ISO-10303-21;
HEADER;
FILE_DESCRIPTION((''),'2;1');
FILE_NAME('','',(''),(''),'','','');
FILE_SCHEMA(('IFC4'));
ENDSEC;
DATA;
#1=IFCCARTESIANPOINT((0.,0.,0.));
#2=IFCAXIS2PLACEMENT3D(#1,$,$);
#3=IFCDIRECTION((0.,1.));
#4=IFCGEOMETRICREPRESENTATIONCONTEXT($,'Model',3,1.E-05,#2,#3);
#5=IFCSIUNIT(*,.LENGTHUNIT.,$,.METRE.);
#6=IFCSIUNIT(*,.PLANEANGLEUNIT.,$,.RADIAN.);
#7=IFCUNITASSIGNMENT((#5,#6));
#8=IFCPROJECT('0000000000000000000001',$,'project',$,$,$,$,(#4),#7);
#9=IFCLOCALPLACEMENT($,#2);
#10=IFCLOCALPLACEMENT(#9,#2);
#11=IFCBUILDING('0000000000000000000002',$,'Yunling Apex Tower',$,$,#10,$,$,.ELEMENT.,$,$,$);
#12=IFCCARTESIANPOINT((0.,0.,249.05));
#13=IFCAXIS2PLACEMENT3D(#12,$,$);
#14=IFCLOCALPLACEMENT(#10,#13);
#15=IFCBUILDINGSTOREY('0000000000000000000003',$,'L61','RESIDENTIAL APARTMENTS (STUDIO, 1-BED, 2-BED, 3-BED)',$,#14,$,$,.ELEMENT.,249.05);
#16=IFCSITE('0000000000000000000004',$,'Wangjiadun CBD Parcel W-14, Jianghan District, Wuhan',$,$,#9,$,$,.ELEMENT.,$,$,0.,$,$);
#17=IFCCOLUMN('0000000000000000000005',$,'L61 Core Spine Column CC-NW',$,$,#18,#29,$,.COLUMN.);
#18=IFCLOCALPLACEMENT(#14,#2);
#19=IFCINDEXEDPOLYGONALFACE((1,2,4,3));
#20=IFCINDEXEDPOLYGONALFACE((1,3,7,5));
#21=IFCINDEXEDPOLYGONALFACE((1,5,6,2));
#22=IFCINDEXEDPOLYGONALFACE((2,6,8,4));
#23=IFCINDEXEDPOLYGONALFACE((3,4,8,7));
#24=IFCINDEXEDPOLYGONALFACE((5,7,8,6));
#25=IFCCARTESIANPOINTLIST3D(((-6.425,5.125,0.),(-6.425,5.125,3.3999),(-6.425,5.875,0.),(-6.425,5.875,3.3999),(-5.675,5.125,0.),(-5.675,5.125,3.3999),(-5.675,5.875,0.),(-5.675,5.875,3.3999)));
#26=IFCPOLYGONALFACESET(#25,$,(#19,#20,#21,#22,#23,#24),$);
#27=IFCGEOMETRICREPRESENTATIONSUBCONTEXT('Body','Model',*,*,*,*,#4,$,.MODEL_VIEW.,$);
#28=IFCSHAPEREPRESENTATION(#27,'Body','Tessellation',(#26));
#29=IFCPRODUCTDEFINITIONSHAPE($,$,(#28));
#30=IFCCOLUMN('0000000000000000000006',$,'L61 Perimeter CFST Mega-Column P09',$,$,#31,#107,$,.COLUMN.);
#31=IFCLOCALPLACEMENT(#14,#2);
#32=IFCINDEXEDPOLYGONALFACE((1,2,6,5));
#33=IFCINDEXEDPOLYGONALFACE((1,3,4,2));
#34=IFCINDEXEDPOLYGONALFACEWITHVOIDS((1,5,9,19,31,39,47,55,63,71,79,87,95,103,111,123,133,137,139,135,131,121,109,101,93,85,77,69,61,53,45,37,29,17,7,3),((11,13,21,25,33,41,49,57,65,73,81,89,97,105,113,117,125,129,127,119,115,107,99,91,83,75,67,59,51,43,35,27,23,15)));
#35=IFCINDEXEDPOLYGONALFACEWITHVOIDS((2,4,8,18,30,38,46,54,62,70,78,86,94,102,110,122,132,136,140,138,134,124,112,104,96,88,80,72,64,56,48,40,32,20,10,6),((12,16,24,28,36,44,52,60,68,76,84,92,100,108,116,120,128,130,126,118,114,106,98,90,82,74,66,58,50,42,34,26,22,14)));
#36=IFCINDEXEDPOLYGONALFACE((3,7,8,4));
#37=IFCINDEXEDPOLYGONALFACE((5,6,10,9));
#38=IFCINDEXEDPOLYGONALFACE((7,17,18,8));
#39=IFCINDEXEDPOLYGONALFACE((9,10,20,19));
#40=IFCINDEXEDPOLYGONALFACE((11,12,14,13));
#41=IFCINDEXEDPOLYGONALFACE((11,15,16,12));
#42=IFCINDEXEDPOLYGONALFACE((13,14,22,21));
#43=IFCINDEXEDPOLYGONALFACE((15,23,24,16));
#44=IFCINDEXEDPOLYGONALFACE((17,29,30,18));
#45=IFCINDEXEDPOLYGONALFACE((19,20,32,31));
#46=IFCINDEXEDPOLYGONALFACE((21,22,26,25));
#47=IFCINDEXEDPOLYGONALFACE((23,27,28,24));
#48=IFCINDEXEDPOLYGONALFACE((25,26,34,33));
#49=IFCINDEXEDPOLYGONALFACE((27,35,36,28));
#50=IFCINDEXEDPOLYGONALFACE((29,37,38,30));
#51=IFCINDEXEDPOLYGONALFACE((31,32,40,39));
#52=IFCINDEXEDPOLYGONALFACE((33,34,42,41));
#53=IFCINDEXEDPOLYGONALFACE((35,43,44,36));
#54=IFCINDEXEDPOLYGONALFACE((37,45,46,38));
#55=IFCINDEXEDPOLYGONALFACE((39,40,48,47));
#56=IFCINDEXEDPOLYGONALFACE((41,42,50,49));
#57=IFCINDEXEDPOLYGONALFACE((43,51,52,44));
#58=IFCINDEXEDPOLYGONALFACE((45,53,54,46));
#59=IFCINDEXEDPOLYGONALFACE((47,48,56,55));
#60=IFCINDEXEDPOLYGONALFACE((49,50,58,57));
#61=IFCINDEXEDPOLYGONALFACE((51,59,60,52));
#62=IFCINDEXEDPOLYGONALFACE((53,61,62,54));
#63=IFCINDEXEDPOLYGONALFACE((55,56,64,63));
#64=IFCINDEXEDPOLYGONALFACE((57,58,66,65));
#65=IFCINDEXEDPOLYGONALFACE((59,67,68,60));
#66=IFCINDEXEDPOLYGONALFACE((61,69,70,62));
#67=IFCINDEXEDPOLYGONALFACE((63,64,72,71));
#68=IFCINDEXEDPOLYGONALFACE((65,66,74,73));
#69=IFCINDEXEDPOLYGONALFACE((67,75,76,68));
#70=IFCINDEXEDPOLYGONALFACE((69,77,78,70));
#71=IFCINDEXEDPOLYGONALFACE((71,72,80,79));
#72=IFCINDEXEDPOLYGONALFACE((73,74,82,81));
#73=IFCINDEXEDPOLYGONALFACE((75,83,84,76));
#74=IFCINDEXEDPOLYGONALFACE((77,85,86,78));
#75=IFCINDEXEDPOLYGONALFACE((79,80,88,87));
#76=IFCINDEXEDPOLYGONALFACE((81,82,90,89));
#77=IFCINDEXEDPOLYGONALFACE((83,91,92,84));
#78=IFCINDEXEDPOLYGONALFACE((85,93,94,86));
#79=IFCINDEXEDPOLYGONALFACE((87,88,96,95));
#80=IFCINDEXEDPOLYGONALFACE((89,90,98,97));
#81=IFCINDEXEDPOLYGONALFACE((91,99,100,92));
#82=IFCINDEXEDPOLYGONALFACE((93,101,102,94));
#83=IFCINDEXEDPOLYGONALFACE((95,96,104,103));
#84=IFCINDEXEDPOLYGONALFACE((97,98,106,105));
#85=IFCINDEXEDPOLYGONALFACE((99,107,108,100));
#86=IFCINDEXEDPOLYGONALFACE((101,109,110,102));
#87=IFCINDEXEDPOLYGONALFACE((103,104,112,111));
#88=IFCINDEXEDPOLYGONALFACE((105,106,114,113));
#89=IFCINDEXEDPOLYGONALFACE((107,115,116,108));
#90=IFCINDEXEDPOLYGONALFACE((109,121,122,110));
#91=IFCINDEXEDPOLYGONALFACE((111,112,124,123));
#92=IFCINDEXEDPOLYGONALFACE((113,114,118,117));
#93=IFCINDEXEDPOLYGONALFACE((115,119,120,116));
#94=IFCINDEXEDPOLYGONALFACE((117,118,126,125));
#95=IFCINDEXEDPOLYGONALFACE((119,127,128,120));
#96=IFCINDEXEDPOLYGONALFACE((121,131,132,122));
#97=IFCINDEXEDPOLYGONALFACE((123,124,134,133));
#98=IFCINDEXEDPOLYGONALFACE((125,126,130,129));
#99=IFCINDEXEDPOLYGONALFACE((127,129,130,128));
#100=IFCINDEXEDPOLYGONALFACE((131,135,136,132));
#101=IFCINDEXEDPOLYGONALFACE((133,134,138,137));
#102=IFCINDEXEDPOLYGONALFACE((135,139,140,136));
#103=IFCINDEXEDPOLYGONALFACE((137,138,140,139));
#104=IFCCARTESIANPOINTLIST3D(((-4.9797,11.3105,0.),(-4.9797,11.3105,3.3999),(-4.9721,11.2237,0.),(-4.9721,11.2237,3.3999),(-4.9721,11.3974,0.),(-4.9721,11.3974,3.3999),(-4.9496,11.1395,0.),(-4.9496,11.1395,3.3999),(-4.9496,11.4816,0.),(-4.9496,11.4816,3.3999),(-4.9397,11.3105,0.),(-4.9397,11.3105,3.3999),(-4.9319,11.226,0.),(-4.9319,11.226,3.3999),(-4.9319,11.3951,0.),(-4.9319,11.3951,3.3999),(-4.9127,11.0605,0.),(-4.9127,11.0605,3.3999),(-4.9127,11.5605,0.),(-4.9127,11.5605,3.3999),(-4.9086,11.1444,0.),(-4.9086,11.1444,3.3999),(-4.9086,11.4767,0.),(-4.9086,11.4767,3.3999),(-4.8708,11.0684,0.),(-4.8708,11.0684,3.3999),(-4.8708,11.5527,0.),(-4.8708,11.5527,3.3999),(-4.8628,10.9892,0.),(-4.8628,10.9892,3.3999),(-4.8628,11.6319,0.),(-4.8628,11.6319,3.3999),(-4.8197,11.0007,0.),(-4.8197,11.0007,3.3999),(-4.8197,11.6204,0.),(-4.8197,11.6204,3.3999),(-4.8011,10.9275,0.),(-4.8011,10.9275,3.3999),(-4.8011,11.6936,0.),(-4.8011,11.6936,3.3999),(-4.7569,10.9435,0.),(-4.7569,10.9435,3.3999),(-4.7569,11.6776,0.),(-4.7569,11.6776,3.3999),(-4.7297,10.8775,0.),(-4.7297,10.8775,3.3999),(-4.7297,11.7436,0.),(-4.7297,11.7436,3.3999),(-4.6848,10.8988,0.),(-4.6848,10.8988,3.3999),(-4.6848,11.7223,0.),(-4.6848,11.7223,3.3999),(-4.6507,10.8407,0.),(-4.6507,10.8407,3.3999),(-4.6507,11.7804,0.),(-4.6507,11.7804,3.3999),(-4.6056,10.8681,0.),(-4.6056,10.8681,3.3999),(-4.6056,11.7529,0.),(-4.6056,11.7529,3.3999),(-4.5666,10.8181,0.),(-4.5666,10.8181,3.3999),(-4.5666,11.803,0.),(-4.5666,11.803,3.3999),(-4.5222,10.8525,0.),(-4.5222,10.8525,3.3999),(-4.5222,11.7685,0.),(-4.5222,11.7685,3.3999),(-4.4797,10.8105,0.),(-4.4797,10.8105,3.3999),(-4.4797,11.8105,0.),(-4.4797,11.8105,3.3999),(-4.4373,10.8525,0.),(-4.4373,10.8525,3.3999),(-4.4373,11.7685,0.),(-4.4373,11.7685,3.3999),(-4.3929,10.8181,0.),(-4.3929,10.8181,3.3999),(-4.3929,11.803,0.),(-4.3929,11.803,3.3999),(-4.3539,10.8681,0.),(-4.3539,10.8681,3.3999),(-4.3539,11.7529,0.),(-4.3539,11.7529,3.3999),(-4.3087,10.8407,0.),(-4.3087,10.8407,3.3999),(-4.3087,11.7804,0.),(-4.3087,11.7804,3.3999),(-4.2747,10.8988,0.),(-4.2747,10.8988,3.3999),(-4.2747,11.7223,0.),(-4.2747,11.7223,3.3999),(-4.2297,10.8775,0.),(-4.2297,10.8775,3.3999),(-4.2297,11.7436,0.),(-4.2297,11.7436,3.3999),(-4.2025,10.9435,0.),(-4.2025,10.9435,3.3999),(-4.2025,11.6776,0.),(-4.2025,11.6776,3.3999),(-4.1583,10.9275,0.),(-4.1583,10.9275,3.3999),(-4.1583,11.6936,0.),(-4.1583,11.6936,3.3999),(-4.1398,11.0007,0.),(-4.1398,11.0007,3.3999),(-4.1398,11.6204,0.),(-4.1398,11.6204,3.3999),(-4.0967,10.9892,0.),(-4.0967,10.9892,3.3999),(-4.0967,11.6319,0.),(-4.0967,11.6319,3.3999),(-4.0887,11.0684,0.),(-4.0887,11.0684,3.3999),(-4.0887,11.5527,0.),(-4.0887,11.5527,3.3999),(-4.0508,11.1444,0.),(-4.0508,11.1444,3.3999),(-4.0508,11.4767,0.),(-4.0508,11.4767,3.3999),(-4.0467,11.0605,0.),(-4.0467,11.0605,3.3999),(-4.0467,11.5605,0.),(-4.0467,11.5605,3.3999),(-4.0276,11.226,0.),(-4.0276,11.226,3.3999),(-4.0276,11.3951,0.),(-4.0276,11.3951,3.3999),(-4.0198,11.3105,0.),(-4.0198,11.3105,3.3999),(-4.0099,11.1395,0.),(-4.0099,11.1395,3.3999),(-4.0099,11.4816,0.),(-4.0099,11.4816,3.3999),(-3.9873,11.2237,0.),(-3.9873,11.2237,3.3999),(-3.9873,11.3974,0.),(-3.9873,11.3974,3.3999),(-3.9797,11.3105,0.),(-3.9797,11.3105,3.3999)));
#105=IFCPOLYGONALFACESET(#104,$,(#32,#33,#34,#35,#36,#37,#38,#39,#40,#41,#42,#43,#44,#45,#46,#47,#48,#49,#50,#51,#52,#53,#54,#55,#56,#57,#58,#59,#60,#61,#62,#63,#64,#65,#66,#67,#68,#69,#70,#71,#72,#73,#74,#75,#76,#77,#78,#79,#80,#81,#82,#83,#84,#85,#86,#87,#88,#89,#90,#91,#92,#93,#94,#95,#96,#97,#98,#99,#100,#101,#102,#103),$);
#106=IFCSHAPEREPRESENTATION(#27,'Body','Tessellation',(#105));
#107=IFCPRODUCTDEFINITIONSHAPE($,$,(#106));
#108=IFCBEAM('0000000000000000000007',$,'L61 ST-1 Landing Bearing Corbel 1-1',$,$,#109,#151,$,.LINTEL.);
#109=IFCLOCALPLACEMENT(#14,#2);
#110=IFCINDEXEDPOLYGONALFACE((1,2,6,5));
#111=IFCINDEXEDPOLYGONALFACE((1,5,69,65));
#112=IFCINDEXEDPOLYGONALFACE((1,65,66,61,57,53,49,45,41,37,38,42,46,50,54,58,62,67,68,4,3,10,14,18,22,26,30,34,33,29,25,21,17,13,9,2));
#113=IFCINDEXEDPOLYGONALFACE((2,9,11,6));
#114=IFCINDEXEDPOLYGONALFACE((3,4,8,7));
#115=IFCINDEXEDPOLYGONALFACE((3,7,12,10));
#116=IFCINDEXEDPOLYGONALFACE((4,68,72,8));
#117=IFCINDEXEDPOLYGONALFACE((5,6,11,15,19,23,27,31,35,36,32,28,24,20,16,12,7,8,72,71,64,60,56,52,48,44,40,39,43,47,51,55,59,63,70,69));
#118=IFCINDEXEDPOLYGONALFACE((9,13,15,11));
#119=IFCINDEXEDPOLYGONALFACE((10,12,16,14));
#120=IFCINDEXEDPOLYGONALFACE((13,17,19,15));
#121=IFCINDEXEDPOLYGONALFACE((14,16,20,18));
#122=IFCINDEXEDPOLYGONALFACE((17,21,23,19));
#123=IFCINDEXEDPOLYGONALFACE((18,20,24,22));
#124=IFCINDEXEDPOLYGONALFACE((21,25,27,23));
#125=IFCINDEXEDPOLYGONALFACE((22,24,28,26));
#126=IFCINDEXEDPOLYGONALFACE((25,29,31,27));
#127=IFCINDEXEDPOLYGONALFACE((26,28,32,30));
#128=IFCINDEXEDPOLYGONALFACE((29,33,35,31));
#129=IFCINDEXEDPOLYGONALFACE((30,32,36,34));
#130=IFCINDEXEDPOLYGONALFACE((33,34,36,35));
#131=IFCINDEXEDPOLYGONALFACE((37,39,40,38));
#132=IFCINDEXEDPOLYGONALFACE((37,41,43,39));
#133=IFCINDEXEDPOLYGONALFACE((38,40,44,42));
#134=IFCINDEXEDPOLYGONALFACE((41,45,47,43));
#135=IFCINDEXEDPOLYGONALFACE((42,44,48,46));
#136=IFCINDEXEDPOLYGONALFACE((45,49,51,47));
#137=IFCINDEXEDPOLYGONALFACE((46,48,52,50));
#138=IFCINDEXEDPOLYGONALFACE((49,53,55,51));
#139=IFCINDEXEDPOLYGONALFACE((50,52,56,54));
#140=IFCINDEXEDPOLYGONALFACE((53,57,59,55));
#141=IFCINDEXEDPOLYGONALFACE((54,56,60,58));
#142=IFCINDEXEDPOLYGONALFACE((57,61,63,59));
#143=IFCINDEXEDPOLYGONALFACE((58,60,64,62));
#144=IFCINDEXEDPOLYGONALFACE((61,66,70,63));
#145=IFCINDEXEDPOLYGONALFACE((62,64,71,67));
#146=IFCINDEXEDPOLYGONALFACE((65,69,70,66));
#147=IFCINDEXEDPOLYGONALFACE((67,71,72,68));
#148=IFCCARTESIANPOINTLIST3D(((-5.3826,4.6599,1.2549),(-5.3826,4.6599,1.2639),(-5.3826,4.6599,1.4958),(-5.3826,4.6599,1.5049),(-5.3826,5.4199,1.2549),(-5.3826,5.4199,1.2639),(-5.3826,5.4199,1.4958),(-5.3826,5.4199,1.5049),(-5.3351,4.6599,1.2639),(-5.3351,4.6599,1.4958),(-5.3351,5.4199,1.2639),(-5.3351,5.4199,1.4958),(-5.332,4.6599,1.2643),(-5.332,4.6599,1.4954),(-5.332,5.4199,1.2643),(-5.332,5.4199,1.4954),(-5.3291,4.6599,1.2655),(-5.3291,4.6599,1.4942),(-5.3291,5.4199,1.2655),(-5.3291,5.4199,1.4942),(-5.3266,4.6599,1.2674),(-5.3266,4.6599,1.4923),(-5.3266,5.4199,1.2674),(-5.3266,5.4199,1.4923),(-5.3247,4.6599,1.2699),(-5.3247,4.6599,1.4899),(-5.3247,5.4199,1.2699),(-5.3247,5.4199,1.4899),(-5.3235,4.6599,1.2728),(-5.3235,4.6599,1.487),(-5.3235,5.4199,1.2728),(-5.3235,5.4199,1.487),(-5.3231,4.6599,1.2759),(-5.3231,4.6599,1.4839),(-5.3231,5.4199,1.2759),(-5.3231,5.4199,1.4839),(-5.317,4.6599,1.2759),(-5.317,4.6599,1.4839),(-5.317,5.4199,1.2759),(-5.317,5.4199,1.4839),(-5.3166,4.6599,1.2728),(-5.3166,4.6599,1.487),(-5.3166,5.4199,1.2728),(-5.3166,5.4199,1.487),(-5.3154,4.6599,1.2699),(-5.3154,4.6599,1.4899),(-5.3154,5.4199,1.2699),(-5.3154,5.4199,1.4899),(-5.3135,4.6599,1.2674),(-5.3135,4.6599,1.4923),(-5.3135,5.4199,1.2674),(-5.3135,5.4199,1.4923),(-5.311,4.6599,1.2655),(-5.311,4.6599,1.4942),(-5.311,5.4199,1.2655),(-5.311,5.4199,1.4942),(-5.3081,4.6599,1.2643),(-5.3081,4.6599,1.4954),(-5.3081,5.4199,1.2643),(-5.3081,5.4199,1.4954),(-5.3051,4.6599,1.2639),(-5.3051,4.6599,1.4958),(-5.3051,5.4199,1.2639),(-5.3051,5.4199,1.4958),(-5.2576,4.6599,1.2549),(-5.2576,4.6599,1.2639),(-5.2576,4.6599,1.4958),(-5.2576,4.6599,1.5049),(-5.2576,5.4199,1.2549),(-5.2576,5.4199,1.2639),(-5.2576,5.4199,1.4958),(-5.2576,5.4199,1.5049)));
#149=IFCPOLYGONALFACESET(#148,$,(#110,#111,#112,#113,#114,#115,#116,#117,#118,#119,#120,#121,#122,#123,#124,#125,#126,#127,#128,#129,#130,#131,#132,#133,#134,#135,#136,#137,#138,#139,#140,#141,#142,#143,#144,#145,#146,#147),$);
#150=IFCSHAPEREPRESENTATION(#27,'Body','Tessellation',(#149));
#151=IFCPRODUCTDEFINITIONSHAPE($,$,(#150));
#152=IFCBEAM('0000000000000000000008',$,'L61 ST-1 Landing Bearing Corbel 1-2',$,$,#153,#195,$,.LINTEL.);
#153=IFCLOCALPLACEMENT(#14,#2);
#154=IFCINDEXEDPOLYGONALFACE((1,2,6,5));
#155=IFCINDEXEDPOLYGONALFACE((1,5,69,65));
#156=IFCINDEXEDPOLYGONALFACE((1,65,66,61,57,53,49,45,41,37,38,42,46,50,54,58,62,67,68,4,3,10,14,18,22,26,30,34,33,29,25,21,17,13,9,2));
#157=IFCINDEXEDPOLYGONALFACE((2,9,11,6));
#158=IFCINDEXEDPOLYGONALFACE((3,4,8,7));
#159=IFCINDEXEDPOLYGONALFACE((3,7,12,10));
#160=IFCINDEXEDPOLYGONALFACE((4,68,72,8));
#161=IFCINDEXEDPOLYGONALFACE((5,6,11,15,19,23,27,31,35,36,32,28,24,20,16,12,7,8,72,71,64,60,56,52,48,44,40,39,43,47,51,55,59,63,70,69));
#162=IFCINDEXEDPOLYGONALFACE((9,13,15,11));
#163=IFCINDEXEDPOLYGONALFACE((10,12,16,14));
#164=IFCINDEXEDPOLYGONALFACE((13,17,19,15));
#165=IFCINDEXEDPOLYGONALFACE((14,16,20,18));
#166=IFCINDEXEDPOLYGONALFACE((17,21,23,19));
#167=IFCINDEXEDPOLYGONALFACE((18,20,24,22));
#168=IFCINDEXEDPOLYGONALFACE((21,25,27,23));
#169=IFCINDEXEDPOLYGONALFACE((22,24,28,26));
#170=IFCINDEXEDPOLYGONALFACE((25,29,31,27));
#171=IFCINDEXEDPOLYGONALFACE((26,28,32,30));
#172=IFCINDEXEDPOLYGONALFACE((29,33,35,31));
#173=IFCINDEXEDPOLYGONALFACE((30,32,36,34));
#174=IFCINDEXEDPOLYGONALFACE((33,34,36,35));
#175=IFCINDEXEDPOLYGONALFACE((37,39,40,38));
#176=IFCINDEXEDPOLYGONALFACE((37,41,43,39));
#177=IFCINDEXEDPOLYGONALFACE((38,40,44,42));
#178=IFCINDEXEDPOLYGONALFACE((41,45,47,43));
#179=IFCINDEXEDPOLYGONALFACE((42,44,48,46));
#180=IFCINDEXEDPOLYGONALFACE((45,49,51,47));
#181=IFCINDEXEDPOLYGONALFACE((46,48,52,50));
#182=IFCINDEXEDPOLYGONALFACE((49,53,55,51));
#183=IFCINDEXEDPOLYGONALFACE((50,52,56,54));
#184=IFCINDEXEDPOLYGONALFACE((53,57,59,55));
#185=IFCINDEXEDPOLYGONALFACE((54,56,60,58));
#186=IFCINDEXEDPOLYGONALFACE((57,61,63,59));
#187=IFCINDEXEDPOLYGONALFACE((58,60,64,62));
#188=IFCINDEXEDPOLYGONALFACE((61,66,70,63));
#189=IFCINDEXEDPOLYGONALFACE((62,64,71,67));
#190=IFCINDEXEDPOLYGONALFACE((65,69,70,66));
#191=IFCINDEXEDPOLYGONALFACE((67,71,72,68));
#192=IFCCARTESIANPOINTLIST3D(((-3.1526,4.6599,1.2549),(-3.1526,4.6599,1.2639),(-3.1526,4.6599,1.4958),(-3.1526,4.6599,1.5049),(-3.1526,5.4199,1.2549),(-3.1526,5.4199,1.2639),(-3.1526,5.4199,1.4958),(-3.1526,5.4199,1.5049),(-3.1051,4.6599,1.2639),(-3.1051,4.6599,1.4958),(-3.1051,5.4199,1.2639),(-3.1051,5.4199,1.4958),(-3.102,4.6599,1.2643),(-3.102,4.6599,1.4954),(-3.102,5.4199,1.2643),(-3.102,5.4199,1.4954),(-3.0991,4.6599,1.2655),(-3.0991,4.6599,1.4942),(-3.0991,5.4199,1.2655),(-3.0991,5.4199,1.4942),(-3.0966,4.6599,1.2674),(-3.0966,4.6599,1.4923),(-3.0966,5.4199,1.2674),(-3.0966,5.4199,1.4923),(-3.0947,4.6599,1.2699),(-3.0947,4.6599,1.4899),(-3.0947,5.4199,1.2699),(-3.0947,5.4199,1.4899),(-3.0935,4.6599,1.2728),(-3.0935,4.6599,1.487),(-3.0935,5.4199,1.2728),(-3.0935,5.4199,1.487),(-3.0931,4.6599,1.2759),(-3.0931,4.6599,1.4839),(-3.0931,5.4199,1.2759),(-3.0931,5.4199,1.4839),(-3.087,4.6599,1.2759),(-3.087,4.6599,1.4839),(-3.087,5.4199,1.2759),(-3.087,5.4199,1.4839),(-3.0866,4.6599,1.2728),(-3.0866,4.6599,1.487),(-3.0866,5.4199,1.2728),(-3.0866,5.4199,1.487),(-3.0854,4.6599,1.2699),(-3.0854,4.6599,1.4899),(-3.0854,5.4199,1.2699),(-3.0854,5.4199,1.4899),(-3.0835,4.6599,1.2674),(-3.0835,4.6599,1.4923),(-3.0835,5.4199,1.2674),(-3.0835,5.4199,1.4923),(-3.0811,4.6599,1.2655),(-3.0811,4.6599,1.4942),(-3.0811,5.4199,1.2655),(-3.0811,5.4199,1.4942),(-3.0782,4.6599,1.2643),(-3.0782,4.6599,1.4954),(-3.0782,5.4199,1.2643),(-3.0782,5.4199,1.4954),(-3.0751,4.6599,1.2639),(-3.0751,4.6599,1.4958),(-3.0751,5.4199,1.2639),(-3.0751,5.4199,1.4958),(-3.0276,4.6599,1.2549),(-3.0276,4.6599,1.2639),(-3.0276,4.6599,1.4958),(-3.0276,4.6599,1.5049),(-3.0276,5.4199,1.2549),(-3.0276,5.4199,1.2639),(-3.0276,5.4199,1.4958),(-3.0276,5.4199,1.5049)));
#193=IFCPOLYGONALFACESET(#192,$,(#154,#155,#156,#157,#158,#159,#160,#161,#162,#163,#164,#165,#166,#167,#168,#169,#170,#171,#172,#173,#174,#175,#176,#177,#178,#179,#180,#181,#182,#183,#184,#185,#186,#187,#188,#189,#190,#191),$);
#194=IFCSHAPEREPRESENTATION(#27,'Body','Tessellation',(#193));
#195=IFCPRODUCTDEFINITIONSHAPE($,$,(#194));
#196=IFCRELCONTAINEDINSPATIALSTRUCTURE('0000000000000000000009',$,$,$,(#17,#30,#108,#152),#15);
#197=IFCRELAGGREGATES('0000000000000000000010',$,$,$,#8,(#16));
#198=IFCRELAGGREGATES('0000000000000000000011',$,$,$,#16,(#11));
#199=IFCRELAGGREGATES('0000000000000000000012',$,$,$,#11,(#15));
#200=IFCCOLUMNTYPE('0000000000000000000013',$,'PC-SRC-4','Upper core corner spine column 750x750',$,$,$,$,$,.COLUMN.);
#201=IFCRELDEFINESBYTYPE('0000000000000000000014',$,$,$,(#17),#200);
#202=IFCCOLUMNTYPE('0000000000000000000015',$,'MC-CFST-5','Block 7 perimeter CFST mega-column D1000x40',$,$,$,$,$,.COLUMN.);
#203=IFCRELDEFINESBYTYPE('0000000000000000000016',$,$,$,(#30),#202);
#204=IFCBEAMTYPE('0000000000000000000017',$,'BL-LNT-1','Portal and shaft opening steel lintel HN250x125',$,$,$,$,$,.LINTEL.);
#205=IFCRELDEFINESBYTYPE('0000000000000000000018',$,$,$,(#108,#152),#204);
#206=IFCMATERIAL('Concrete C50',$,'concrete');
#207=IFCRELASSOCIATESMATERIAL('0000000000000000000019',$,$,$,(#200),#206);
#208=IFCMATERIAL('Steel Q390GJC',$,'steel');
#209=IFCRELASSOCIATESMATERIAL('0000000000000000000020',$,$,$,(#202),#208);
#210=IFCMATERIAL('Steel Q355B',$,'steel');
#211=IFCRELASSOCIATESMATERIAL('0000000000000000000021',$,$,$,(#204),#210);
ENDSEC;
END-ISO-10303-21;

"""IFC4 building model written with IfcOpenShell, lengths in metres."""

from ifc_helpers import new_model, si_unit, direction, frame, origin, origin_2d, place, context, subcontext, project, spatial, rectangle, hollow_circle, i_section, extrude, source, transform, mapped, material, material_profile, profile_set, type_object, element, save


model = new_model("IFC4")

# Units and contexts
model_context = context("Model", 3, precision=1e-05, world=origin(), true_north=direction((0.0, 1.0)))
body_context = subcontext(model_context, "Body", "Model", "MODEL_VIEW")
ifc_project = project(units=[si_unit("LENGTHUNIT", "METRE"), si_unit("PLANEANGLEUNIT", "RADIAN")], contexts=[model_context])

# Site, building, storey
site_placement = place(None, origin())
site = spatial("IfcSite", under=ifc_project, at=site_placement, Name="Wangjiadun CBD Parcel W-14, Jianghan District, Wuhan", CompositionType="ELEMENT", RefElevation=0.0)
building_placement = place(site_placement, origin())
building = spatial("IfcBuilding", under=site, at=building_placement, Name="Yunling Apex Tower", CompositionType="ELEMENT")
storey_placement = place(building_placement, frame((0.0, 0.0, 249.05)))
storey = spatial("IfcBuildingStorey", under=building, at=storey_placement, Name="L61", Description="RESIDENTIAL APARTMENTS (STUDIO, 1-BED, 2-BED, 3-BED)", CompositionType="ELEMENT", Elevation=249.05)

# Columns
ifc_material_1 = material(Name="Concrete C50", Category="concrete")
ifc_material_profile_1 = material_profile(ifc_material_1, rectangle(XDim=0.75, YDim=0.75, at=origin_2d()))
ifc_profile_set_1 = profile_set([ifc_material_profile_1], Name="Concrete C50")
column_type_1 = type_object("IfcColumnType", Name="PC-SRC-4", Description="Upper core corner spine column 750x750", PredefinedType="COLUMN", material=ifc_profile_set_1)
shared_shape_1 = source(origin(), body_context, "Body", "SweptSolid", [
    extrude(rectangle(XDim=0.75, YDim=0.75, at=origin_2d()), origin(), (0.0, 0.0, 1.0), 3.3999),
])
column_1_placement = place(storey_placement, frame((-6.05, 5.5, 0.0), z_axis=(0.0, 0.0, 1.0), x_axis=(1.0, 0.0, 0.0)))
element("IfcColumn", 1, at=column_1_placement, inside=storey, type_object=column_type_1, Name="L61 Core Spine Column CC-NW", PredefinedType="COLUMN", context=body_context, shape_type="MappedRepresentation", body=[
    mapped(shared_shape_1, transform((0.0, 0.0, 0.0), scale=1.0)),
])
ifc_material_2 = material(Name="Steel Q390GJC", Category="steel")
ifc_material_profile_2 = material_profile(ifc_material_2, hollow_circle(Radius=0.5, WallThickness=0.04, at=origin_2d()))
ifc_profile_set_2 = profile_set([ifc_material_profile_2], Name="Steel Q390GJC")
column_type_2 = type_object("IfcColumnType", Name="MC-CFST-5", Description="Block 7 perimeter CFST mega-column D1000x40", PredefinedType="COLUMN", material=ifc_profile_set_2)
shared_shape_2 = source(origin(), body_context, "Body", "SweptSolid", [
    extrude(hollow_circle(Radius=0.5, WallThickness=0.04, at=origin_2d()), origin(), (0.0, 0.0, 1.0), 3.3999),
])
column_2_placement = place(storey_placement, frame((-4.4797, 11.3105, 0.0), z_axis=(0.0, 0.0, 1.0), x_axis=(1.0, 0.0, 0.0)))
element("IfcColumn", 2, at=column_2_placement, inside=storey, type_object=column_type_2, Name="L61 Perimeter CFST Mega-Column P09", PredefinedType="COLUMN", context=body_context, shape_type="MappedRepresentation", body=[
    mapped(shared_shape_2, transform((0.0, 0.0, 0.0), scale=1.0)),
])

# Beams
ifc_material_3 = material(Name="Steel Q355B", Category="steel")
ifc_material_profile_3 = material_profile(ifc_material_3, i_section(OverallWidth=0.125, OverallDepth=0.25, WebThickness=0.0061, FlangeThickness=0.009, FilletRadius=0.012, at=origin_2d()))
ifc_profile_set_3 = profile_set([ifc_material_profile_3], Name="Steel Q355B")
beam_type_1 = type_object("IfcBeamType", Name="BL-LNT-1", Description="Portal and shaft opening steel lintel HN250x125", PredefinedType="LINTEL", material=ifc_profile_set_3)
shared_shape_3 = source(origin(), body_context, "Body", "SweptSolid", [
    extrude(i_section(OverallWidth=0.125, OverallDepth=0.25, WebThickness=0.0061, FlangeThickness=0.009, FilletRadius=0.012, at=origin_2d()), origin(), (0.0, 0.0, 1.0), 0.76),
])
for number, where, z_axis, x_axis, name in (
    (3, (-5.3201, 5.4199, 1.3799), (0.0, -1.0, 0.0), (1.0, 0.0, 0.0), "L61 ST-1 Landing Bearing Corbel 1-1"),
    (4, (-3.0901, 5.4199, 1.3799), (0.0, -1.0, 0.0), (1.0, 0.0, 0.0), "L61 ST-1 Landing Bearing Corbel 1-2"),
):
    element("IfcBeam", number, at=place(storey_placement, frame(where, z_axis=z_axis, x_axis=x_axis)), inside=storey, type_object=beam_type_1, Name=name, PredefinedType="LINTEL", context=body_context, shape_type="MappedRepresentation", body=[
        mapped(shared_shape_3, transform((0.0, 0.0, 0.0), scale=1.0)),
    ])

save(model, "model.ifc")
